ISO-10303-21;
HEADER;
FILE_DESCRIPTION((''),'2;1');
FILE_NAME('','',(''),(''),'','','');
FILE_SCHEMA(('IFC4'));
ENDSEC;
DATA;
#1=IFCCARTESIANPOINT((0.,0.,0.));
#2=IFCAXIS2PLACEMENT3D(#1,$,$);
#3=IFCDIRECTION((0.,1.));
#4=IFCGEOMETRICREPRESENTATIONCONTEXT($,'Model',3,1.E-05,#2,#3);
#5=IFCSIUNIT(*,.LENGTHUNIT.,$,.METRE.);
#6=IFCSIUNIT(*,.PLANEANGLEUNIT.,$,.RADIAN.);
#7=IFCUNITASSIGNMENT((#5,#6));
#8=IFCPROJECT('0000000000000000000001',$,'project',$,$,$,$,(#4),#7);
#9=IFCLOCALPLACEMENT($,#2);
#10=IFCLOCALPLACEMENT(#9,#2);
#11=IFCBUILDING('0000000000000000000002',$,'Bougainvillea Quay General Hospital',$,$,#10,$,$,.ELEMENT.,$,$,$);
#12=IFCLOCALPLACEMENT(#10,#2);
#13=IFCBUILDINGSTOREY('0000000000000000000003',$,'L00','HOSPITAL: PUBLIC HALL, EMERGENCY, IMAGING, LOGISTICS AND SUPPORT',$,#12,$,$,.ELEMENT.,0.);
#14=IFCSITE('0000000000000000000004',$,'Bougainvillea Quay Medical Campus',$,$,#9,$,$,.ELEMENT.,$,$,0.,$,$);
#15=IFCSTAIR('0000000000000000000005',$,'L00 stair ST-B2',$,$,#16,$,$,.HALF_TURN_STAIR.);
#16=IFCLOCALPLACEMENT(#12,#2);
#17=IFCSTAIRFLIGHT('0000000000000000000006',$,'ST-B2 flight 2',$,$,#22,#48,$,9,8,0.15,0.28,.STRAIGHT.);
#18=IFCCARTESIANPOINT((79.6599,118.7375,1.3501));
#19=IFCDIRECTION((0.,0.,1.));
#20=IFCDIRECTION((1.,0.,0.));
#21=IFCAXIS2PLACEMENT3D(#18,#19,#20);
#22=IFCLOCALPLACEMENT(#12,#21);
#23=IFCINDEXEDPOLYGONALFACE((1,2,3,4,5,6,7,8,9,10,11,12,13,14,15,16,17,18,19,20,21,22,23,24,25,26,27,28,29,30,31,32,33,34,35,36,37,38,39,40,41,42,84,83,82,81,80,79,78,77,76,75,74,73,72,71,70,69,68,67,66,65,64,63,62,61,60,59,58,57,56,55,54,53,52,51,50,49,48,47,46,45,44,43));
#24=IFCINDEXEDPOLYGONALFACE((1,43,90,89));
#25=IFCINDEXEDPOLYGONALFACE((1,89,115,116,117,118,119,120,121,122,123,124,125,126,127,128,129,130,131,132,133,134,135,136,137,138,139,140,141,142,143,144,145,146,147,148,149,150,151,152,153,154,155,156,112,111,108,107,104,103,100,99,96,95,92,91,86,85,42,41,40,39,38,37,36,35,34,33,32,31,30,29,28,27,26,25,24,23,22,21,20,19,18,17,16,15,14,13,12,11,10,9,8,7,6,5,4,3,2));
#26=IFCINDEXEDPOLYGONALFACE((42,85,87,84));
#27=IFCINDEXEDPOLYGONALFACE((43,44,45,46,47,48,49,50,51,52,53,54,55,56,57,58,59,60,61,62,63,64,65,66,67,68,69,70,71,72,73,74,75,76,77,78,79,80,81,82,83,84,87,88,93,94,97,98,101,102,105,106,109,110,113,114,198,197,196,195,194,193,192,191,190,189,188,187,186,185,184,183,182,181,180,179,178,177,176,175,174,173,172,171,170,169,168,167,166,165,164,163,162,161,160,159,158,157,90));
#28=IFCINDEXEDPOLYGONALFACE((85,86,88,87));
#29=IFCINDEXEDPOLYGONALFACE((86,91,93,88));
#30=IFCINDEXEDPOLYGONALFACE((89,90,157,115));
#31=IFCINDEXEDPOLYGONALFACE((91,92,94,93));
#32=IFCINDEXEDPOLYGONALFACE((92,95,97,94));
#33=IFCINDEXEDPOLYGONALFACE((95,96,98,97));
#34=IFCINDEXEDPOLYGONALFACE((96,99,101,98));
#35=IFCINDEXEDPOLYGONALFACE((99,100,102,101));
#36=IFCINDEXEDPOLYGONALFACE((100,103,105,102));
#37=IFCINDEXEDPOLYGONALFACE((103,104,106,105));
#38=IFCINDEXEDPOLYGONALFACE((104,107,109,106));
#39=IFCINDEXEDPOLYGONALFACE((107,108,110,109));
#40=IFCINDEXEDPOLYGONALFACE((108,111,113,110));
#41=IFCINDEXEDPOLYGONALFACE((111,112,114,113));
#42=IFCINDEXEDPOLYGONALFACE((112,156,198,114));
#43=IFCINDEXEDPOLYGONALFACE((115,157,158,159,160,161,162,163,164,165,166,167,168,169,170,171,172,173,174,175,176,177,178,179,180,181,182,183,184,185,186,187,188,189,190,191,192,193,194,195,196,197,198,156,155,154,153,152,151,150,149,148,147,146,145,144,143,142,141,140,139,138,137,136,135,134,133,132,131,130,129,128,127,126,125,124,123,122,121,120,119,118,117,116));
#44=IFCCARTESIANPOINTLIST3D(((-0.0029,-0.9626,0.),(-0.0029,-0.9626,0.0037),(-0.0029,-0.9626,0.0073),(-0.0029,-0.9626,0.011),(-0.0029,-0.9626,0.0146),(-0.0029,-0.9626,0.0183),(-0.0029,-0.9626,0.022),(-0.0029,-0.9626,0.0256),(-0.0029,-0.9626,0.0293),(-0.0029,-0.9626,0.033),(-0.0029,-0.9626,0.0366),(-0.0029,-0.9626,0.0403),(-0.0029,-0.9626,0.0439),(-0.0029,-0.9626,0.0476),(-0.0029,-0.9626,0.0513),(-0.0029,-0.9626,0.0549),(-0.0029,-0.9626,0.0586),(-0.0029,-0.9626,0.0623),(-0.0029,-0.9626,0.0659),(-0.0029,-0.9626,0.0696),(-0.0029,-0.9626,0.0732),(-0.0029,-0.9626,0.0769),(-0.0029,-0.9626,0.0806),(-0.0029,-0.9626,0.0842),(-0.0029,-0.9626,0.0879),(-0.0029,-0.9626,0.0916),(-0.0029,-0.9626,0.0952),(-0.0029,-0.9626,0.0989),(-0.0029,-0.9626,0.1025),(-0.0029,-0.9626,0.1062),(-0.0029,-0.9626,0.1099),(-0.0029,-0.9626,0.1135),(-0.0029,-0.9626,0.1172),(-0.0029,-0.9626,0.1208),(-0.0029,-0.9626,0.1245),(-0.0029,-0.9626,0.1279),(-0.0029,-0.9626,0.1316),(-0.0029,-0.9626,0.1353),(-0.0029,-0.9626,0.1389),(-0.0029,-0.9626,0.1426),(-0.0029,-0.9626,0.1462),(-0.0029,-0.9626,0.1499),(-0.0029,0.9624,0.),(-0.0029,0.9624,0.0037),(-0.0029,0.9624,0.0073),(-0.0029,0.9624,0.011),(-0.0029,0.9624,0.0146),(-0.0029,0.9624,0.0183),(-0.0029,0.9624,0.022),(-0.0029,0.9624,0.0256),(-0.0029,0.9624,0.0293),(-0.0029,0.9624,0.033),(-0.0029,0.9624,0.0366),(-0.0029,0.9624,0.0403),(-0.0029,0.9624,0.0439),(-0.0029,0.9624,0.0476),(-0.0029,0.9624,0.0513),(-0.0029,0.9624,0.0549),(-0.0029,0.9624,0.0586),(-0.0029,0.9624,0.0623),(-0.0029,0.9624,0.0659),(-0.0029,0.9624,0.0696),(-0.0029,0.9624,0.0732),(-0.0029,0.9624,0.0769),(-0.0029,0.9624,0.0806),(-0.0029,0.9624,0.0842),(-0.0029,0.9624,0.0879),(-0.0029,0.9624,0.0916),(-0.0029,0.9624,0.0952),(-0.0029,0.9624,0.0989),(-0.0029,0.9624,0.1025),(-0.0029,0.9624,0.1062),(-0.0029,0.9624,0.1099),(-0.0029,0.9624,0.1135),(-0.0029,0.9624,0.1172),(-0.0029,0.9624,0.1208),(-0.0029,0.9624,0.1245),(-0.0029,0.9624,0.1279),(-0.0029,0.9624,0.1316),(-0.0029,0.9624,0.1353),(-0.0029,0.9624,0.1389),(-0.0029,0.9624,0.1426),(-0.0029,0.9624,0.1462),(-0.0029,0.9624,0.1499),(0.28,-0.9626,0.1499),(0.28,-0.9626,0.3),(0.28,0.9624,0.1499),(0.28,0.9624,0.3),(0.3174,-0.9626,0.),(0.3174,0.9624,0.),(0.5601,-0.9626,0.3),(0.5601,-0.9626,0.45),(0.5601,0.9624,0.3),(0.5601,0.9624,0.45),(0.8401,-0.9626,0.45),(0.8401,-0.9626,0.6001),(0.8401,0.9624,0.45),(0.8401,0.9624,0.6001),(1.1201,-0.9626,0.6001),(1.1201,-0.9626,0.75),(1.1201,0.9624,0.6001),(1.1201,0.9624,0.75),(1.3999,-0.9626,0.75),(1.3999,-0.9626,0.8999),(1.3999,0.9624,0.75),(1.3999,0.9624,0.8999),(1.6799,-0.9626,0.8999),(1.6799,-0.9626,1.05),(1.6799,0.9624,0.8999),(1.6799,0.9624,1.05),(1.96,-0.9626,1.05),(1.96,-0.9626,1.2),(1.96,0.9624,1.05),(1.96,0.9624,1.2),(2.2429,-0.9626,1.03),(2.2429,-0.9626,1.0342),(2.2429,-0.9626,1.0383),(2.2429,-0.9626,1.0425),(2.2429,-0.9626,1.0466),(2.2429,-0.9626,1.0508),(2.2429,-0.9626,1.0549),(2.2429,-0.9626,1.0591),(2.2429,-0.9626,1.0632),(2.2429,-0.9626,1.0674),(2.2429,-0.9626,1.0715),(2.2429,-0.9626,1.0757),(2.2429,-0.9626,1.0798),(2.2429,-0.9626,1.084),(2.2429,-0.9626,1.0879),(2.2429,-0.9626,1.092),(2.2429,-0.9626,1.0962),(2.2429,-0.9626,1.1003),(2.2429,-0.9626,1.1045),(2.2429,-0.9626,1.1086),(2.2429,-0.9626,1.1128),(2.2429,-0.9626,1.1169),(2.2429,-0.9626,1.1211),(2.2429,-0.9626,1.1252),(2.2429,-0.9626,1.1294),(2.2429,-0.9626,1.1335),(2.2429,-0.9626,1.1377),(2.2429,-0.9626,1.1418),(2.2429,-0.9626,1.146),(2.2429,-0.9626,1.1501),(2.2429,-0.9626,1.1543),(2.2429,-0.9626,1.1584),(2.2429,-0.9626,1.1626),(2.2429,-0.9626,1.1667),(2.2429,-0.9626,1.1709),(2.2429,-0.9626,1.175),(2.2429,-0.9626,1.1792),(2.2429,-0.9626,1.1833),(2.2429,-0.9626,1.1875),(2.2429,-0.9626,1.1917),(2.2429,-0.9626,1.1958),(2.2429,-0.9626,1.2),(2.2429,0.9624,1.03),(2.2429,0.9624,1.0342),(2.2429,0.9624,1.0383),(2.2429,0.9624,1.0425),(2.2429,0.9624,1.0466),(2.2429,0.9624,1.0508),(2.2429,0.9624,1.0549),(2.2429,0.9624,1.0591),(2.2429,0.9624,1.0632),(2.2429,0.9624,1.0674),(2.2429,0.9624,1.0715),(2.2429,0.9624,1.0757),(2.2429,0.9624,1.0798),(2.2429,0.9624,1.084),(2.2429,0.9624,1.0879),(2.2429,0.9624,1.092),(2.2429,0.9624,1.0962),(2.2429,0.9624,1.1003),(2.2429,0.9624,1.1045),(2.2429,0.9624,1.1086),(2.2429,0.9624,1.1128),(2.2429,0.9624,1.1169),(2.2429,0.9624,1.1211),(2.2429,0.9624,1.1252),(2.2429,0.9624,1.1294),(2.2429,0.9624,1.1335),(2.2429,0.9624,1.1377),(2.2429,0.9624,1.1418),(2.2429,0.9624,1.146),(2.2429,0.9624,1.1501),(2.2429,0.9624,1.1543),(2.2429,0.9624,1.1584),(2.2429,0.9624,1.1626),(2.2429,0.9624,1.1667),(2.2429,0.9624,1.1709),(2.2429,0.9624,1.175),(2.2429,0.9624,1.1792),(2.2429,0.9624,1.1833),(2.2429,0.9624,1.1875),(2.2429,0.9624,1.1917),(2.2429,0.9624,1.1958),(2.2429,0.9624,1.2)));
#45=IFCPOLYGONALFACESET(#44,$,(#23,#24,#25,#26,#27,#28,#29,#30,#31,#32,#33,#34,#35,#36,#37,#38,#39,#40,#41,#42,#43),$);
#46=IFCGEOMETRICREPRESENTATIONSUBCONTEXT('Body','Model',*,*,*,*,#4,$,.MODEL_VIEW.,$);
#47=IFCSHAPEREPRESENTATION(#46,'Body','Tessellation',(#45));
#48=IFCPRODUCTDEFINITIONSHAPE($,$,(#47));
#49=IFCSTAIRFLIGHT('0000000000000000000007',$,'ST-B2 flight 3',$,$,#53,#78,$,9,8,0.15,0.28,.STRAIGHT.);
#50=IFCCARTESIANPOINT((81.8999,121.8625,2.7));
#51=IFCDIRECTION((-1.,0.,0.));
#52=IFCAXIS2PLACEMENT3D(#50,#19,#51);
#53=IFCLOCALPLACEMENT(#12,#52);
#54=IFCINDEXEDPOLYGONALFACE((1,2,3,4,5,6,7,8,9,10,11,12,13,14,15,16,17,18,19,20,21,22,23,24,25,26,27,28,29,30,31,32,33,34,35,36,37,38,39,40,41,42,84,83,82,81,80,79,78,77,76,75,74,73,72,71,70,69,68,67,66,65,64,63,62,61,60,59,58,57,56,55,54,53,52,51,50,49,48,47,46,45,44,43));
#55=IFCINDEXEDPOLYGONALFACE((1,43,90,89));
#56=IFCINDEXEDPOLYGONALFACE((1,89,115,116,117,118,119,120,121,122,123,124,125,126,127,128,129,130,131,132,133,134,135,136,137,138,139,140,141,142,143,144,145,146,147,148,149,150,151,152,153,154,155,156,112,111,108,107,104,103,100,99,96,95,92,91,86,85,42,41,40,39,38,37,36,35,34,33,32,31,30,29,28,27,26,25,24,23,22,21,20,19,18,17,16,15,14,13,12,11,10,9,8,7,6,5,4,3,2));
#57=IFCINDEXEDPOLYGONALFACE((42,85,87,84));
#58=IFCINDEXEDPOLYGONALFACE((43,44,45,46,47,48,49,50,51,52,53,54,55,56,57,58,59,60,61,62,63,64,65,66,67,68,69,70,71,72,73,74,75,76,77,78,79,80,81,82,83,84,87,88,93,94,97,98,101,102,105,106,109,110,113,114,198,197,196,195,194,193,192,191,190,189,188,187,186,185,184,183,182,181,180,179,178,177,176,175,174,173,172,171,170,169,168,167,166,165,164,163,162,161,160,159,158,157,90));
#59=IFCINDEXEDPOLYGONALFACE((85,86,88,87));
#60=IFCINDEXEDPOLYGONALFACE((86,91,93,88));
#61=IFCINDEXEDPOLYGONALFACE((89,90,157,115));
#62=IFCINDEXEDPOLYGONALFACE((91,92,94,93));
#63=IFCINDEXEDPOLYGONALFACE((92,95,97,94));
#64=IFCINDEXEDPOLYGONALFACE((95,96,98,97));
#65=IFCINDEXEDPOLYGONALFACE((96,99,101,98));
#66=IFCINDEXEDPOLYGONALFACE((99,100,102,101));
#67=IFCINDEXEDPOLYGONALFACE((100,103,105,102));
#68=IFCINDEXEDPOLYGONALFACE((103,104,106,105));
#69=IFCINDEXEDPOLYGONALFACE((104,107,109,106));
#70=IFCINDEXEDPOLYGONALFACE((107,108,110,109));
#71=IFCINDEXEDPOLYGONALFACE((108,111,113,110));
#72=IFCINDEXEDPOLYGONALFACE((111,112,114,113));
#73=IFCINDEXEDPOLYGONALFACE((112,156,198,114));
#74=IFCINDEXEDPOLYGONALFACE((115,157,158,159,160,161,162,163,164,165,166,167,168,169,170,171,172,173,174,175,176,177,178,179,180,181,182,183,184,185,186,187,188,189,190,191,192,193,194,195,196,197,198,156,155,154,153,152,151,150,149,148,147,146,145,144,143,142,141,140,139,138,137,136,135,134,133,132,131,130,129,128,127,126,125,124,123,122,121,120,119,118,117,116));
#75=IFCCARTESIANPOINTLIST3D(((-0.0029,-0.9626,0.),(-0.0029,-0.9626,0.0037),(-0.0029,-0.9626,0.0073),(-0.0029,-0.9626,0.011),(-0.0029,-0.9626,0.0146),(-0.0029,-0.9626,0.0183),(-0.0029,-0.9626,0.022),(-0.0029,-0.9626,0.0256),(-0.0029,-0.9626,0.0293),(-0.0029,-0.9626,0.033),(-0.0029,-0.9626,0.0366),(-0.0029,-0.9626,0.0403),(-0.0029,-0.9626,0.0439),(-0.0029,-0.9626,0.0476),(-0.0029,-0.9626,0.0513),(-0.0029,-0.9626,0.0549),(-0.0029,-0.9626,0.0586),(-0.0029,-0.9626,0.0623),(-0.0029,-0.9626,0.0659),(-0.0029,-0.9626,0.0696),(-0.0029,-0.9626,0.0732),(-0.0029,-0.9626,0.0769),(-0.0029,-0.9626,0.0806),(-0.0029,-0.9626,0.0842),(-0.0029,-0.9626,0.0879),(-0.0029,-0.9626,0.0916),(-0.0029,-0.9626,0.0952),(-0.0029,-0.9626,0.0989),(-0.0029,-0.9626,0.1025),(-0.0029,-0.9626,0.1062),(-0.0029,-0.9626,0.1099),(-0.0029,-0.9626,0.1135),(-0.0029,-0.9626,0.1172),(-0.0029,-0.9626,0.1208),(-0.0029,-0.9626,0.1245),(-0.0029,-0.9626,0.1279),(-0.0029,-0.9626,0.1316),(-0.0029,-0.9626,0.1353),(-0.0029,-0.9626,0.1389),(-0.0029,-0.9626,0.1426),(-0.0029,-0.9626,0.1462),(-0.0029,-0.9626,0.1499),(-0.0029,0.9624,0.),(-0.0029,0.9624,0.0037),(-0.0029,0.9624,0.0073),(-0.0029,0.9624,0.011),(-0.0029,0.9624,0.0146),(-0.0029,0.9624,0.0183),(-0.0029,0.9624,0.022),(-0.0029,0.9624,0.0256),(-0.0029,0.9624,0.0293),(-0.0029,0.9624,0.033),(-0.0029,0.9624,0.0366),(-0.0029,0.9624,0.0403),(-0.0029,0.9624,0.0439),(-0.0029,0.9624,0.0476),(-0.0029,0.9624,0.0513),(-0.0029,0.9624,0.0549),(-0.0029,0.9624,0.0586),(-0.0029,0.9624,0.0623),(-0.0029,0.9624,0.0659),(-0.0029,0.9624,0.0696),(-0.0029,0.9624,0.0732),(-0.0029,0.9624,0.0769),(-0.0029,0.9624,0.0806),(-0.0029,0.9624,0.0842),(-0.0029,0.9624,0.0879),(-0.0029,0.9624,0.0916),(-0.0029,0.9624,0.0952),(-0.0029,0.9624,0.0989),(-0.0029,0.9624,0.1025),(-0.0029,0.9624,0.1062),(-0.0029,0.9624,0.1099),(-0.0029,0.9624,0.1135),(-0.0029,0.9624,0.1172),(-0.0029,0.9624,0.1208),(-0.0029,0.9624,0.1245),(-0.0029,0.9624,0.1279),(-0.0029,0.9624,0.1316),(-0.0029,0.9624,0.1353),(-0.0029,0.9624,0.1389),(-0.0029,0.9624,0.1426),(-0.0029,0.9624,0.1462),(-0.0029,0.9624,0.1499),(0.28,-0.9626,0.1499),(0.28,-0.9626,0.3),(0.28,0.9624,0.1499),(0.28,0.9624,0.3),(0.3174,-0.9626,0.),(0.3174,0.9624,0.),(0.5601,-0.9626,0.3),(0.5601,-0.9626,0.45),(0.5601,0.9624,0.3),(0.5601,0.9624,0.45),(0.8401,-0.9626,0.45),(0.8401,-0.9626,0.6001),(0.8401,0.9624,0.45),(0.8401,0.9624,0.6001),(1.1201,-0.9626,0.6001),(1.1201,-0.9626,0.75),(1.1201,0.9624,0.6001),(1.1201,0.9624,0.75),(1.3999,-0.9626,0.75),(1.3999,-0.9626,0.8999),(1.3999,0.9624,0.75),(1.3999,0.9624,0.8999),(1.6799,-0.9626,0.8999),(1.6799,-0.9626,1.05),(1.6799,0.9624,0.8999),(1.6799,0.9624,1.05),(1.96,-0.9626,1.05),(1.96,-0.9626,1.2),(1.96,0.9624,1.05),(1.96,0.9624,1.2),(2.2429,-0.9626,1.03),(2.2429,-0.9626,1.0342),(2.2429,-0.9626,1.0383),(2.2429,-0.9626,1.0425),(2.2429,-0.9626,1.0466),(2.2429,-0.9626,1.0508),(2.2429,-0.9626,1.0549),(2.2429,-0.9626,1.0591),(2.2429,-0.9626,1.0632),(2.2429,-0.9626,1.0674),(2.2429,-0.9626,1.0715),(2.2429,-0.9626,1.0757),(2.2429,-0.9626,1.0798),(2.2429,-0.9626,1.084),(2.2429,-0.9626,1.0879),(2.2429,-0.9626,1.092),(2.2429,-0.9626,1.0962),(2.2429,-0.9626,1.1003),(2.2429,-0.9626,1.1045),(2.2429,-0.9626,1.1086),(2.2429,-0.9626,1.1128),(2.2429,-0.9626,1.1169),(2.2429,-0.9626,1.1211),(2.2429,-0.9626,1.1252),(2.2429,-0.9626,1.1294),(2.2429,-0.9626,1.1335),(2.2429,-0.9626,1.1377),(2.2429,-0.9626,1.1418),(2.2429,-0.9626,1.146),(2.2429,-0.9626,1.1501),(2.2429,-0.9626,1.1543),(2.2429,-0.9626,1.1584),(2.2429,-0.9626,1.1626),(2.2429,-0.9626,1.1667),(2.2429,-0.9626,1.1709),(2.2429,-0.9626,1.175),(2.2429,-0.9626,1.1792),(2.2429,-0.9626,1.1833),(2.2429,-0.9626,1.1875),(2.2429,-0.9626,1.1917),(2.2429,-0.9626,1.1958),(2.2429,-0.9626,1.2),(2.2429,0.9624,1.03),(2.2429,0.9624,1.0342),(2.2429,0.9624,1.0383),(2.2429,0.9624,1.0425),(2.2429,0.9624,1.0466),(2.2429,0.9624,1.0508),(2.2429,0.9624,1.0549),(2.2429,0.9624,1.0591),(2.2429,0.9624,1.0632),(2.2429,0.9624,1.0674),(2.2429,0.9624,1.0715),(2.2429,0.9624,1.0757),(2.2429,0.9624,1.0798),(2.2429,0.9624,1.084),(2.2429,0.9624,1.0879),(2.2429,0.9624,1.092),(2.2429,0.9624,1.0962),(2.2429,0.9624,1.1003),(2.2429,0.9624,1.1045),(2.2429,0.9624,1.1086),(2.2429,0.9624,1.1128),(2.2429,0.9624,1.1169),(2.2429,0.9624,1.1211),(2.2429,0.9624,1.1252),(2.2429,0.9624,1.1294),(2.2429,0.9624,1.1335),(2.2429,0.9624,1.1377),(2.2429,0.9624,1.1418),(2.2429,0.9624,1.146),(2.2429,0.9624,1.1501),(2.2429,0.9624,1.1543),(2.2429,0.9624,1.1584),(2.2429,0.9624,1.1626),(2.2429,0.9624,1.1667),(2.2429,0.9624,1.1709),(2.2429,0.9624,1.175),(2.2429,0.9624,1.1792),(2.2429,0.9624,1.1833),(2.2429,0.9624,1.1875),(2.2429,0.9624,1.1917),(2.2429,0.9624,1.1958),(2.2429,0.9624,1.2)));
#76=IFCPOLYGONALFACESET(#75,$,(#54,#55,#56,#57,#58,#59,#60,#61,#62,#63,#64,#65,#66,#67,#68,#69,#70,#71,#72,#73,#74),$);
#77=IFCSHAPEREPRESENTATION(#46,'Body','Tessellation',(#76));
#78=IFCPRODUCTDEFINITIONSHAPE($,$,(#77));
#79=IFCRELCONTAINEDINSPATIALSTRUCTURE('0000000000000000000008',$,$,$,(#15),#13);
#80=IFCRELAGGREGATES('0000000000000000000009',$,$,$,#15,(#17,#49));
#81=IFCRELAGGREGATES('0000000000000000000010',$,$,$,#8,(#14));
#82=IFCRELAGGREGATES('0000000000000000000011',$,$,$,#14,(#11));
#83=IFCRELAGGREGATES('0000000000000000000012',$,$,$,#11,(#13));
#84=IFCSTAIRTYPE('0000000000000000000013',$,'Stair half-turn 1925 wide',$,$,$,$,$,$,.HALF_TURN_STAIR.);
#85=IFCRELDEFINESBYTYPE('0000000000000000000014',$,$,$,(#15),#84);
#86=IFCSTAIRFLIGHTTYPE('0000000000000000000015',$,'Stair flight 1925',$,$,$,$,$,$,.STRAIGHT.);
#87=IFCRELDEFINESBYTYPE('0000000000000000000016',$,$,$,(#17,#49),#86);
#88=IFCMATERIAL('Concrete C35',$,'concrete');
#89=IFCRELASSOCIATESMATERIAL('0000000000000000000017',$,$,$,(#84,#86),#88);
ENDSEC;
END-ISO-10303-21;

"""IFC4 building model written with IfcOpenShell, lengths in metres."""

from ifc_helpers import new_model, si_unit, direction, frame, origin, place, context, subcontext, project, spatial, polyline, outline, extrude, material, type_object, element, aggregate, save


model = new_model("IFC4")

# Units and contexts
model_context = context("Model", 3, precision=1e-05, world=origin(), true_north=direction((0.0, 1.0)))
body_context = subcontext(model_context, "Body", "Model", "MODEL_VIEW")
ifc_project = project(units=[si_unit("LENGTHUNIT", "METRE"), si_unit("PLANEANGLEUNIT", "RADIAN")], contexts=[model_context])

# Site, building, storey
site_placement = place(None, origin())
site = spatial("IfcSite", under=ifc_project, at=site_placement, Name="Bougainvillea Quay Medical Campus", CompositionType="ELEMENT", RefElevation=0.0)
building_placement = place(site_placement, origin())
building = spatial("IfcBuilding", under=site, at=building_placement, Name="Bougainvillea Quay General Hospital", CompositionType="ELEMENT")
storey_placement = place(building_placement, origin())
storey = spatial("IfcBuildingStorey", under=building, at=storey_placement, Name="L00", Description="HOSPITAL: PUBLIC HALL, EMERGENCY, IMAGING, LOGISTICS AND SUPPORT", CompositionType="ELEMENT", Elevation=0.0)

# Stair, stair flights
ifc_material_1 = material(Name="Concrete C35", Category="concrete")
stair_type = type_object("IfcStairType", Name="Stair half-turn 1925 wide", PredefinedType="HALF_TURN_STAIR", material=ifc_material_1)
stair_placement = place(storey_placement, origin())
stair = element("IfcStair", 1, at=stair_placement, inside=storey, type_object=stair_type, Name="L00 stair ST-B2", PredefinedType="HALF_TURN_STAIR")
stair_flight_type = type_object("IfcStairFlightType", Name="Stair flight 1925", PredefinedType="STRAIGHT", material=ifc_material_1)
stair_flight_1_placement = place(storey_placement, frame((79.6599, 118.7375, 1.3501), z_axis=(0.0, 0.0, 1.0), x_axis=(1.0, 0.0, 0.0)))
stair_flight_1 = element("IfcStairFlight", 2, at=stair_flight_1_placement, type_object=stair_flight_type, Name="ST-B2 flight 2", NumberOfRisers=9, NumberOfTreads=8, PredefinedType="STRAIGHT", RiserHeight=0.15, TreadLength=0.28, context=body_context, shape_type="SweptSolid", body=[
    extrude(outline(polyline([(-0.0029, 0.0), (-0.0029, 0.0037), (-0.0029, 0.0073), (-0.0029, 0.011), (-0.0029, 0.0146), (-0.0029, 0.0183), (-0.0029, 0.022), (-0.0029, 0.0256), (-0.0029, 0.0293), (-0.0029, 0.033), (-0.0029, 0.0366), (-0.0029, 0.0403), (-0.0029, 0.0439), (-0.0029, 0.0476), (-0.0029, 0.0513), (-0.0029, 0.0549), (-0.0029, 0.0586), (-0.0029, 0.0623), (-0.0029, 0.0659), (-0.0029, 0.0696), (-0.0029, 0.0732), (-0.0029, 0.0769), (-0.0029, 0.0806), (-0.0029, 0.0842), (-0.0029, 0.0879), (-0.0029, 0.0916), (-0.0029, 0.0952), (-0.0029, 0.0989), (-0.0029, 0.1025), (-0.0029, 0.1062), (-0.0029, 0.1099), (-0.0029, 0.1135), (-0.0029, 0.1172), (-0.0029, 0.1208), (-0.0029, 0.1245), (-0.0029, 0.1279), (-0.0029, 0.1316), (-0.0029, 0.1353), (-0.0029, 0.1389), (-0.0029, 0.1426), (-0.0029, 0.1462), (-0.0029, 0.1499), (0.28, 0.1499), (0.28, 0.3), (0.5601, 0.3), (0.5601, 0.45), (0.8401, 0.45), (0.8401, 0.6001), (1.1201, 0.6001), (1.1201, 0.75), (1.3999, 0.75), (1.3999, 0.8999), (1.6799, 0.8999), (1.6799, 1.05), (1.96, 1.05), (1.96, 1.2), (2.2429, 1.2), (2.2429, 1.1958), (2.2429, 1.1917), (2.2429, 1.1875), (2.2429, 1.1833), (2.2429, 1.1792), (2.2429, 1.175), (2.2429, 1.1709), (2.2429, 1.1667), (2.2429, 1.1626), (2.2429, 1.1584), (2.2429, 1.1543), (2.2429, 1.1501), (2.2429, 1.146), (2.2429, 1.1418), (2.2429, 1.1377), (2.2429, 1.1335), (2.2429, 1.1294), (2.2429, 1.1252), (2.2429, 1.1211), (2.2429, 1.1169), (2.2429, 1.1128), (2.2429, 1.1086), (2.2429, 1.1045), (2.2429, 1.1003), (2.2429, 1.0962), (2.2429, 1.092), (2.2429, 1.0879), (2.2429, 1.084), (2.2429, 1.0798), (2.2429, 1.0757), (2.2429, 1.0715), (2.2429, 1.0674), (2.2429, 1.0632), (2.2429, 1.0591), (2.2429, 1.0549), (2.2429, 1.0508), (2.2429, 1.0466), (2.2429, 1.0425), (2.2429, 1.0383), (2.2429, 1.0342), (2.2429, 1.03), (0.3174, 0.0), (-0.0029, 0.0)])), frame((0.0, 0.9624, 0.0), z_axis=(0.0, -1.0, 0.0), x_axis=(1.0, 0.0, 0.0)), (0.0, 0.0, 1.0), 1.925),
])
stair_flight_2_placement = place(storey_placement, frame((81.8999, 121.8625, 2.7), z_axis=(0.0, 0.0, 1.0), x_axis=(-1.0, 0.0, 0.0)))
stair_flight_2 = element("IfcStairFlight", 3, at=stair_flight_2_placement, type_object=stair_flight_type, Name="ST-B2 flight 3", NumberOfRisers=9, NumberOfTreads=8, PredefinedType="STRAIGHT", RiserHeight=0.15, TreadLength=0.28, context=body_context, shape_type="SweptSolid", body=[
    extrude(outline(polyline([(-0.0029, 0.0), (-0.0029, 0.0037), (-0.0029, 0.0073), (-0.0029, 0.011), (-0.0029, 0.0146), (-0.0029, 0.0183), (-0.0029, 0.022), (-0.0029, 0.0256), (-0.0029, 0.0293), (-0.0029, 0.033), (-0.0029, 0.0366), (-0.0029, 0.0403), (-0.0029, 0.0439), (-0.0029, 0.0476), (-0.0029, 0.0513), (-0.0029, 0.0549), (-0.0029, 0.0586), (-0.0029, 0.0623), (-0.0029, 0.0659), (-0.0029, 0.0696), (-0.0029, 0.0732), (-0.0029, 0.0769), (-0.0029, 0.0806), (-0.0029, 0.0842), (-0.0029, 0.0879), (-0.0029, 0.0916), (-0.0029, 0.0952), (-0.0029, 0.0989), (-0.0029, 0.1025), (-0.0029, 0.1062), (-0.0029, 0.1099), (-0.0029, 0.1135), (-0.0029, 0.1172), (-0.0029, 0.1208), (-0.0029, 0.1245), (-0.0029, 0.1279), (-0.0029, 0.1316), (-0.0029, 0.1353), (-0.0029, 0.1389), (-0.0029, 0.1426), (-0.0029, 0.1462), (-0.0029, 0.1499), (0.28, 0.1499), (0.28, 0.3), (0.5601, 0.3), (0.5601, 0.45), (0.8401, 0.45), (0.8401, 0.6001), (1.1201, 0.6001), (1.1201, 0.75), (1.3999, 0.75), (1.3999, 0.8999), (1.6799, 0.8999), (1.6799, 1.05), (1.96, 1.05), (1.96, 1.2), (2.2429, 1.2), (2.2429, 1.1958), (2.2429, 1.1917), (2.2429, 1.1875), (2.2429, 1.1833), (2.2429, 1.1792), (2.2429, 1.175), (2.2429, 1.1709), (2.2429, 1.1667), (2.2429, 1.1626), (2.2429, 1.1584), (2.2429, 1.1543), (2.2429, 1.1501), (2.2429, 1.146), (2.2429, 1.1418), (2.2429, 1.1377), (2.2429, 1.1335), (2.2429, 1.1294), (2.2429, 1.1252), (2.2429, 1.1211), (2.2429, 1.1169), (2.2429, 1.1128), (2.2429, 1.1086), (2.2429, 1.1045), (2.2429, 1.1003), (2.2429, 1.0962), (2.2429, 1.092), (2.2429, 1.0879), (2.2429, 1.084), (2.2429, 1.0798), (2.2429, 1.0757), (2.2429, 1.0715), (2.2429, 1.0674), (2.2429, 1.0632), (2.2429, 1.0591), (2.2429, 1.0549), (2.2429, 1.0508), (2.2429, 1.0466), (2.2429, 1.0425), (2.2429, 1.0383), (2.2429, 1.0342), (2.2429, 1.03), (0.3174, 0.0), (-0.0029, 0.0)])), frame((0.0, 0.9624, 0.0), z_axis=(0.0, -1.0, 0.0), x_axis=(1.0, 0.0, 0.0)), (0.0, 0.0, 1.0), 1.925),
])
aggregate(stair, [stair_flight_1, stair_flight_2])

save(model, "model.ifc")
